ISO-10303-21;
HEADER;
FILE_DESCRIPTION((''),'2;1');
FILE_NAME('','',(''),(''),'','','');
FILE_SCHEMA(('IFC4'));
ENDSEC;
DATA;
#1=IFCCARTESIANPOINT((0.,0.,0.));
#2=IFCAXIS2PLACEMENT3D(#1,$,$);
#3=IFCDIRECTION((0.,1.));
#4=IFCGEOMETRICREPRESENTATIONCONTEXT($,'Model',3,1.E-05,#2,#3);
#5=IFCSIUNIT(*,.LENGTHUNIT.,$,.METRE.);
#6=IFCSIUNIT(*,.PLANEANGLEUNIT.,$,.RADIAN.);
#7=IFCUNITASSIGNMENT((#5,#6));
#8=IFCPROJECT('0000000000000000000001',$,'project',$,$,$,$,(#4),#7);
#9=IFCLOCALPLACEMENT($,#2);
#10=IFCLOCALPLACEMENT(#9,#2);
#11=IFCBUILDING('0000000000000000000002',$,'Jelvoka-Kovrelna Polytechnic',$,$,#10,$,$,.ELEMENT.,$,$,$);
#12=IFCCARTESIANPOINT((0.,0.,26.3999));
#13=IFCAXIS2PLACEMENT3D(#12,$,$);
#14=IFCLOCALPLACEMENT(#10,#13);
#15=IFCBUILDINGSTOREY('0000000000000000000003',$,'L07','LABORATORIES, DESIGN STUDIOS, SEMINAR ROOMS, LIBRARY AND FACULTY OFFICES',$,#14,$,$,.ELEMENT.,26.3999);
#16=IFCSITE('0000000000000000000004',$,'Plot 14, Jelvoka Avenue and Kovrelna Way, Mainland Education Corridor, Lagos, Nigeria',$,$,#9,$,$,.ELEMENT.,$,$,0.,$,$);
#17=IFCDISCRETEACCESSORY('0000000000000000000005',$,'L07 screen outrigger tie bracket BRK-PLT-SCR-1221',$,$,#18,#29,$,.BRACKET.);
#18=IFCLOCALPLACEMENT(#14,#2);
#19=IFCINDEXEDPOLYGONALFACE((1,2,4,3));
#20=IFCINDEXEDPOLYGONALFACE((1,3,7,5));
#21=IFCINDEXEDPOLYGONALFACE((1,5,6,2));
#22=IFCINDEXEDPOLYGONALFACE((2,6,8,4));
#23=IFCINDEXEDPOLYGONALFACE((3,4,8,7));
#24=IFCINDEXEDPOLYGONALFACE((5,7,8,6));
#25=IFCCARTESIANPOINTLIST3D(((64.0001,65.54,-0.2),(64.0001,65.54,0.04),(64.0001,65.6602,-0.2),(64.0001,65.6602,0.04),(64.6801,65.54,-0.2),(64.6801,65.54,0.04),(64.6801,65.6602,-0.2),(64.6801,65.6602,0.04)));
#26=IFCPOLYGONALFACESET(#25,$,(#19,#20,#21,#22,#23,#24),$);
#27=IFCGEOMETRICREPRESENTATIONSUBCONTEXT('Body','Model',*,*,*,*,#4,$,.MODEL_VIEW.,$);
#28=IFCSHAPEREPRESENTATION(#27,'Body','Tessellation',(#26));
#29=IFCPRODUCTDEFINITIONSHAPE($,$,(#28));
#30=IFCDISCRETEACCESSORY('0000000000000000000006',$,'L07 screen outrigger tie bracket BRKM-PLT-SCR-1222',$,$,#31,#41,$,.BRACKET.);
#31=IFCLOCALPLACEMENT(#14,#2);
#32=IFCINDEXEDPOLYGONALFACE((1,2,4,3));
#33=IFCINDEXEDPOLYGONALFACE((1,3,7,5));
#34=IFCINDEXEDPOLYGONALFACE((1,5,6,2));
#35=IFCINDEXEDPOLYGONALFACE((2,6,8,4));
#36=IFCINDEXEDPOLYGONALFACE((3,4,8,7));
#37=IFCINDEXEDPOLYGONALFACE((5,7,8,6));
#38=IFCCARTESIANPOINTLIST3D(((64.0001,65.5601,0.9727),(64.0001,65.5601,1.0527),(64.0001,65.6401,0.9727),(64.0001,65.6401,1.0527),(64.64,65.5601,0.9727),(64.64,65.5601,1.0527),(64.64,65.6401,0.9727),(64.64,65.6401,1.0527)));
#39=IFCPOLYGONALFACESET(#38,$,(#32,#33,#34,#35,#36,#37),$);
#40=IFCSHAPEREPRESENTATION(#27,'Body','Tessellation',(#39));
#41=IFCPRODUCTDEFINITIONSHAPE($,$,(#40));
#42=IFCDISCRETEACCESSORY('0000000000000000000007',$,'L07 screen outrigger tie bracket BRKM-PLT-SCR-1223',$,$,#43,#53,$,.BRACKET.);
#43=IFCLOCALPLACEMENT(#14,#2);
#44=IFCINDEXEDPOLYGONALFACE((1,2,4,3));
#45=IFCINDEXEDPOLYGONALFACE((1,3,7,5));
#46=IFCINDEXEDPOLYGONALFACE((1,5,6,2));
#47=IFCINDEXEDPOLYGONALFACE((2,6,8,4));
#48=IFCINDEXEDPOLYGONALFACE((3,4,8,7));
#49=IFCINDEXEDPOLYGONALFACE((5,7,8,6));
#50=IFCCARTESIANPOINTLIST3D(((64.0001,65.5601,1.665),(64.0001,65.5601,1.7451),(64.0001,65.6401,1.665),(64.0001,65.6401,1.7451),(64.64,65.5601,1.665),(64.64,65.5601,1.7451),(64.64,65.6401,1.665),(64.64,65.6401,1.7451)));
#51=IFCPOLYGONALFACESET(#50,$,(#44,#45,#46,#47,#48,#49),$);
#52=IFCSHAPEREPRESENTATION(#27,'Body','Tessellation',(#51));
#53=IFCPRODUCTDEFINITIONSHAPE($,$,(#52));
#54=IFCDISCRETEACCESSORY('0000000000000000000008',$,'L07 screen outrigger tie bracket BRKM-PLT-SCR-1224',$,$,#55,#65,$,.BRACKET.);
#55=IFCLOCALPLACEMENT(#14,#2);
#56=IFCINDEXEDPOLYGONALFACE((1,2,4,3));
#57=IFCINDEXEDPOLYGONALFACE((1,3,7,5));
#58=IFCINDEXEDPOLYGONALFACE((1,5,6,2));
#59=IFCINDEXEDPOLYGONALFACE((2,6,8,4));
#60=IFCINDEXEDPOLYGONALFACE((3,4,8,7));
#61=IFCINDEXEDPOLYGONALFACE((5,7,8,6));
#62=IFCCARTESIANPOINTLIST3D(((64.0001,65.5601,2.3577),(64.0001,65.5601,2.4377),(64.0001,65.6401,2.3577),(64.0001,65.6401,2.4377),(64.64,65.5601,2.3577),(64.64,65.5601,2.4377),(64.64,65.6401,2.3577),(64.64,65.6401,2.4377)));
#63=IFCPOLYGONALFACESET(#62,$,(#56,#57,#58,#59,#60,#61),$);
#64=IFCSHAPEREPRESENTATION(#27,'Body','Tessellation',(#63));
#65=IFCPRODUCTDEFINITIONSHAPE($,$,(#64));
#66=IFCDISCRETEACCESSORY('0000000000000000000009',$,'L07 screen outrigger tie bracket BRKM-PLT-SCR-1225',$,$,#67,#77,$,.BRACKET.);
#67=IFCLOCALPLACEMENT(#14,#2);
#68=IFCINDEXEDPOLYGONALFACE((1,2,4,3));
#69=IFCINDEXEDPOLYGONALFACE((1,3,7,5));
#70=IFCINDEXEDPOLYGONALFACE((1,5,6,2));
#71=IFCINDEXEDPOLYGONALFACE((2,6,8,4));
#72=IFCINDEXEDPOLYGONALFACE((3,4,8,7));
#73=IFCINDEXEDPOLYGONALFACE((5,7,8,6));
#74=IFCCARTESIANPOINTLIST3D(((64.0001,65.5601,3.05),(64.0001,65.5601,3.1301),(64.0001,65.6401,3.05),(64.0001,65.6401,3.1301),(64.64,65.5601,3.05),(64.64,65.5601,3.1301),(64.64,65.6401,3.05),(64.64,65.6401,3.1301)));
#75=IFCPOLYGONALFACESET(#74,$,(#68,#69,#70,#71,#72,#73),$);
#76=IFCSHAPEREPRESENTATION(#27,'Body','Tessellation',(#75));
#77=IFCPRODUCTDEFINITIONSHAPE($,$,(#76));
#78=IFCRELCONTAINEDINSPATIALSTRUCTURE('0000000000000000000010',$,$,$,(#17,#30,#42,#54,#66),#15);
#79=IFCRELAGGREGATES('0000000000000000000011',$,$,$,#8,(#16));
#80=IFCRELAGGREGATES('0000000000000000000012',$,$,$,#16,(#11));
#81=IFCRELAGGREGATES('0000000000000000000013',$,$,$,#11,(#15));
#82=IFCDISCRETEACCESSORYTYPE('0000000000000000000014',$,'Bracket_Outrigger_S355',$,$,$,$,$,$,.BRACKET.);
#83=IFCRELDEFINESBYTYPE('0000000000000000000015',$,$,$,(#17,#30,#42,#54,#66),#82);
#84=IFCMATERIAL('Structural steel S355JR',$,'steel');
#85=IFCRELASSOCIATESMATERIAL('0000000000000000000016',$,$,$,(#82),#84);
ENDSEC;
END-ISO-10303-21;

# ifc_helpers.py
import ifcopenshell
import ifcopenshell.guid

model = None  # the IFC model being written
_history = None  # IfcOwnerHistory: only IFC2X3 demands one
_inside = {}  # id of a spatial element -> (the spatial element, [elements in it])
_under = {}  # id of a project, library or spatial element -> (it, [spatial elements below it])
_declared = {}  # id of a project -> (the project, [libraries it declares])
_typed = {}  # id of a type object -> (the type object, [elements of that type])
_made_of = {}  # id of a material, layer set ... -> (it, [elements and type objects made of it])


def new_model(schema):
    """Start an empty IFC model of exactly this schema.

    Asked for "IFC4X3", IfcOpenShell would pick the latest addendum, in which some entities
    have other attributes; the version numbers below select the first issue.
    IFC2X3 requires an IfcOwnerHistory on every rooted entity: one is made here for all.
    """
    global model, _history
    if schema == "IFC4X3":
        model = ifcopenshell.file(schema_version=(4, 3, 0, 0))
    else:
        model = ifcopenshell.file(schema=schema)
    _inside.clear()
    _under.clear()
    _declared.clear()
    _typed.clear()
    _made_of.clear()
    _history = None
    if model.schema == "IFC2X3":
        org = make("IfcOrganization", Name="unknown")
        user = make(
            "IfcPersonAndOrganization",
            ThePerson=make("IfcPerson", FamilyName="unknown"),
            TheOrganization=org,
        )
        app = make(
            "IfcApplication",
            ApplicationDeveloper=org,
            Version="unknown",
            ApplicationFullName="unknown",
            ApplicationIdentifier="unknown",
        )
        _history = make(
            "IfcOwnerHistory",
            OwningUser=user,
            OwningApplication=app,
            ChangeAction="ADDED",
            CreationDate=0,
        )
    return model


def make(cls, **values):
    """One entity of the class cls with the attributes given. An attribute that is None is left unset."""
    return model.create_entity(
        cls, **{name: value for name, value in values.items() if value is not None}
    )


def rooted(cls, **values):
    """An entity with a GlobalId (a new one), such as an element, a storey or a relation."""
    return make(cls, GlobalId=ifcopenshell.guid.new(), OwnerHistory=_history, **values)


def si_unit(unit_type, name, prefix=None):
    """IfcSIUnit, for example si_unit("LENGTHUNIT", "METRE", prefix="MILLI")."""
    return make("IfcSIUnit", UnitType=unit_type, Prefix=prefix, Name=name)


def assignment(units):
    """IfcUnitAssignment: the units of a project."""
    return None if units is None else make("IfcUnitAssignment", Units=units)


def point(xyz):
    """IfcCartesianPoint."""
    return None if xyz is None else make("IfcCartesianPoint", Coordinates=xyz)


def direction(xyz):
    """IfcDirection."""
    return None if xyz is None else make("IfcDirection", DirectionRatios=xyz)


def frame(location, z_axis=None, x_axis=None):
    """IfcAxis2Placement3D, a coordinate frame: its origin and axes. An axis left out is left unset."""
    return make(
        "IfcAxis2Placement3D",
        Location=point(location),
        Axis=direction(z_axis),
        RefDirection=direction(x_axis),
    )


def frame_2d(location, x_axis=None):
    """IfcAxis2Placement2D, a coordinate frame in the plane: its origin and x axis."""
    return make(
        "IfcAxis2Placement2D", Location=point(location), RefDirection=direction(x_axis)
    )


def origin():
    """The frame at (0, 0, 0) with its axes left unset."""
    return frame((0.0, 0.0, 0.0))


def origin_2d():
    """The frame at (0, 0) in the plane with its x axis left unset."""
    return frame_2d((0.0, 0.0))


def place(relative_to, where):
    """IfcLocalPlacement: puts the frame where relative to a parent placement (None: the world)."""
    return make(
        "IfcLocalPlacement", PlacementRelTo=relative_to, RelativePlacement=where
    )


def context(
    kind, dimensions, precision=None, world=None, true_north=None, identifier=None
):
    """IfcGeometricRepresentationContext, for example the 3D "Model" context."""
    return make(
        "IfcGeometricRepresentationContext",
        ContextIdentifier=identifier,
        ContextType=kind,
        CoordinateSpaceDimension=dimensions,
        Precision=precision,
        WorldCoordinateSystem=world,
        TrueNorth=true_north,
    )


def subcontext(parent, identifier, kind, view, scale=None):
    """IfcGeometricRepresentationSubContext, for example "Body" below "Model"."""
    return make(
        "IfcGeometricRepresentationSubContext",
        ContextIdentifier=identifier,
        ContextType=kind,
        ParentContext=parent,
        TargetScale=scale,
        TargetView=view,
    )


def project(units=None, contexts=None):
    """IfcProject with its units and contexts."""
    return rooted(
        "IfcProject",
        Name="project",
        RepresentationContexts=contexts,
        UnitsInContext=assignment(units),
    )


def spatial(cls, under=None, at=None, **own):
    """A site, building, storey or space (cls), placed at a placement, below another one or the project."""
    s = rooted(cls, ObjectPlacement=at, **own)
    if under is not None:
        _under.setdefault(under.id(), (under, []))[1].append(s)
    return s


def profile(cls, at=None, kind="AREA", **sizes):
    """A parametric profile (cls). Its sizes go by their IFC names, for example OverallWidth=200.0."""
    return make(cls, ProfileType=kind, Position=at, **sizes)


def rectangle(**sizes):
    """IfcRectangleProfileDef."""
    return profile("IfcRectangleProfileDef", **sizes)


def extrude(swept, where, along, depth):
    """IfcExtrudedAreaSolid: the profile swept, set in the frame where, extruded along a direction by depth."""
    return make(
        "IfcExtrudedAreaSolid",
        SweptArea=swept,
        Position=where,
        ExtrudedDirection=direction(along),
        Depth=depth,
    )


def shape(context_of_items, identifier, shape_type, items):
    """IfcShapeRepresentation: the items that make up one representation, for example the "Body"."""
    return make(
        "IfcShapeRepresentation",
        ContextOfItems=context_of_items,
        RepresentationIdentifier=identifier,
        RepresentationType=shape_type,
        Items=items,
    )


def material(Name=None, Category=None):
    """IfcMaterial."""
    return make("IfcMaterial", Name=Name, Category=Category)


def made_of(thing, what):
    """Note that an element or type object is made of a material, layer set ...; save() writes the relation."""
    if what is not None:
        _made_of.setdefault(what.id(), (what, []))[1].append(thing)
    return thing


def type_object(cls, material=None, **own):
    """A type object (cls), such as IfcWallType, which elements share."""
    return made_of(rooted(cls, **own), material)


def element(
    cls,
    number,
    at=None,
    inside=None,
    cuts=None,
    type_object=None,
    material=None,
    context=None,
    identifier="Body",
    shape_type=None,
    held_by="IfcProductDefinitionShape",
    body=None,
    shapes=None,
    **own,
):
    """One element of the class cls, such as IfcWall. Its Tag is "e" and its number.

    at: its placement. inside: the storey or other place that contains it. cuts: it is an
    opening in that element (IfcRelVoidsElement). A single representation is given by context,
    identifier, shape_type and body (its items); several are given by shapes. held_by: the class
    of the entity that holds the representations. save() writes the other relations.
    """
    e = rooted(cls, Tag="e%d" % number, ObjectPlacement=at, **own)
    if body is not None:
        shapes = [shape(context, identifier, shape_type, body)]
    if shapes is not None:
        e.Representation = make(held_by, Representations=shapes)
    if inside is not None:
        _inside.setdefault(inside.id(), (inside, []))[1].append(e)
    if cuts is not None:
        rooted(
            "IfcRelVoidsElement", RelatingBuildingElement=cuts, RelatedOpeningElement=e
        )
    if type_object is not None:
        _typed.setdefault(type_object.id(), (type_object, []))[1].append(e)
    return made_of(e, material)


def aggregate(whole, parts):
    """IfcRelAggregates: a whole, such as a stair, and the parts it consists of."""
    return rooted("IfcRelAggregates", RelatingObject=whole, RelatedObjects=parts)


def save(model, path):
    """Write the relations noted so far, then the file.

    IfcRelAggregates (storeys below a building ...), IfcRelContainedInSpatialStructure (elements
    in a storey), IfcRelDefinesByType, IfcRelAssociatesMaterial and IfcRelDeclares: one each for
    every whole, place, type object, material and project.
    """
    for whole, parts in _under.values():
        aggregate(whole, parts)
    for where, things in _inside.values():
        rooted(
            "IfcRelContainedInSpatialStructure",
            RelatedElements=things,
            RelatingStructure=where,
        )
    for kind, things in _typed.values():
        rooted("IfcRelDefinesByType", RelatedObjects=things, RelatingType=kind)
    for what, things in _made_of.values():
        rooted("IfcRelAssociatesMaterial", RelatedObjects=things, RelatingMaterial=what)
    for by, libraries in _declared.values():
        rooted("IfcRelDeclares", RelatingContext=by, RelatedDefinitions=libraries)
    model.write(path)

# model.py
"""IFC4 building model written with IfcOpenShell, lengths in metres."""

from ifc_helpers import new_model, si_unit, direction, frame, origin, origin_2d, place, context, subcontext, project, spatial, rectangle, extrude, material, type_object, element, save


model = new_model("IFC4")

# Units and contexts
model_context = context("Model", 3, precision=1e-05, world=origin(), true_north=direction((0.0, 1.0)))
body_context = subcontext(model_context, "Body", "Model", "MODEL_VIEW")
ifc_project = project(units=[si_unit("LENGTHUNIT", "METRE"), si_unit("PLANEANGLEUNIT", "RADIAN")], contexts=[model_context])

# Site, building, storey
site_placement = place(None, origin())
site = spatial("IfcSite", under=ifc_project, at=site_placement, Name="Plot 14, Jelvoka Avenue and Kovrelna Way, Mainland Education Corridor, Lagos, Nigeria", CompositionType="ELEMENT", RefElevation=0.0)
building_placement = place(site_placement, origin())
building = spatial("IfcBuilding", under=site, at=building_placement, Name="Jelvoka-Kovrelna Polytechnic", CompositionType="ELEMENT")
storey_placement = place(building_placement, frame((0.0, 0.0, 26.3999)))
storey = spatial("IfcBuildingStorey", under=building, at=storey_placement, Name="L07", Description="LABORATORIES, DESIGN STUDIOS, SEMINAR ROOMS, LIBRARY AND FACULTY OFFICES", CompositionType="ELEMENT", Elevation=26.3999)

# Discrete accessories
ifc_material_1 = material(Name="Structural steel S355JR", Category="steel")
discrete_accessory_type = type_object("IfcDiscreteAccessoryType", Name="Bracket_Outrigger_S355", PredefinedType="BRACKET", material=ifc_material_1)
discrete_accessory_1_placement = place(storey_placement, frame((64.3401, 65.6001, -0.2), z_axis=(0.0, 0.0, 1.0), x_axis=(1.0, 0.0, 0.0)))
element("IfcDiscreteAccessory", 1, at=discrete_accessory_1_placement, inside=storey, type_object=discrete_accessory_type, Name="L07 screen outrigger tie bracket BRK-PLT-SCR-1221", PredefinedType="BRACKET", context=body_context, shape_type="SweptSolid", body=[
    extrude(rectangle(XDim=0.6799, YDim=0.1201, at=origin_2d()), origin(), (0.0, 0.0, 1.0), 0.24),
])
for number, where, z_axis, x_axis, name in (
    (2, (64.3201, 65.6001, 0.9727), (0.0, 0.0, 1.0), (1.0, 0.0, 0.0), "L07 screen outrigger tie bracket BRKM-PLT-SCR-1222"),
    (3, (64.3201, 65.6001, 1.665), (0.0, 0.0, 1.0), (1.0, 0.0, 0.0), "L07 screen outrigger tie bracket BRKM-PLT-SCR-1223"),
    (4, (64.3201, 65.6001, 2.3577), (0.0, 0.0, 1.0), (1.0, 0.0, 0.0), "L07 screen outrigger tie bracket BRKM-PLT-SCR-1224"),
    (5, (64.3201, 65.6001, 3.05), (0.0, 0.0, 1.0), (1.0, 0.0, 0.0), "L07 screen outrigger tie bracket BRKM-PLT-SCR-1225"),
):
    element("IfcDiscreteAccessory", number, at=place(storey_placement, frame(where, z_axis=z_axis, x_axis=x_axis)), inside=storey, type_object=discrete_accessory_type, Name=name, PredefinedType="BRACKET", context=body_context, shape_type="SweptSolid", body=[
        extrude(rectangle(XDim=0.6399, YDim=0.0801, at=origin_2d()), origin(), (0.0, 0.0, 1.0), 0.0801),
    ])

save(model, "model.ifc")
